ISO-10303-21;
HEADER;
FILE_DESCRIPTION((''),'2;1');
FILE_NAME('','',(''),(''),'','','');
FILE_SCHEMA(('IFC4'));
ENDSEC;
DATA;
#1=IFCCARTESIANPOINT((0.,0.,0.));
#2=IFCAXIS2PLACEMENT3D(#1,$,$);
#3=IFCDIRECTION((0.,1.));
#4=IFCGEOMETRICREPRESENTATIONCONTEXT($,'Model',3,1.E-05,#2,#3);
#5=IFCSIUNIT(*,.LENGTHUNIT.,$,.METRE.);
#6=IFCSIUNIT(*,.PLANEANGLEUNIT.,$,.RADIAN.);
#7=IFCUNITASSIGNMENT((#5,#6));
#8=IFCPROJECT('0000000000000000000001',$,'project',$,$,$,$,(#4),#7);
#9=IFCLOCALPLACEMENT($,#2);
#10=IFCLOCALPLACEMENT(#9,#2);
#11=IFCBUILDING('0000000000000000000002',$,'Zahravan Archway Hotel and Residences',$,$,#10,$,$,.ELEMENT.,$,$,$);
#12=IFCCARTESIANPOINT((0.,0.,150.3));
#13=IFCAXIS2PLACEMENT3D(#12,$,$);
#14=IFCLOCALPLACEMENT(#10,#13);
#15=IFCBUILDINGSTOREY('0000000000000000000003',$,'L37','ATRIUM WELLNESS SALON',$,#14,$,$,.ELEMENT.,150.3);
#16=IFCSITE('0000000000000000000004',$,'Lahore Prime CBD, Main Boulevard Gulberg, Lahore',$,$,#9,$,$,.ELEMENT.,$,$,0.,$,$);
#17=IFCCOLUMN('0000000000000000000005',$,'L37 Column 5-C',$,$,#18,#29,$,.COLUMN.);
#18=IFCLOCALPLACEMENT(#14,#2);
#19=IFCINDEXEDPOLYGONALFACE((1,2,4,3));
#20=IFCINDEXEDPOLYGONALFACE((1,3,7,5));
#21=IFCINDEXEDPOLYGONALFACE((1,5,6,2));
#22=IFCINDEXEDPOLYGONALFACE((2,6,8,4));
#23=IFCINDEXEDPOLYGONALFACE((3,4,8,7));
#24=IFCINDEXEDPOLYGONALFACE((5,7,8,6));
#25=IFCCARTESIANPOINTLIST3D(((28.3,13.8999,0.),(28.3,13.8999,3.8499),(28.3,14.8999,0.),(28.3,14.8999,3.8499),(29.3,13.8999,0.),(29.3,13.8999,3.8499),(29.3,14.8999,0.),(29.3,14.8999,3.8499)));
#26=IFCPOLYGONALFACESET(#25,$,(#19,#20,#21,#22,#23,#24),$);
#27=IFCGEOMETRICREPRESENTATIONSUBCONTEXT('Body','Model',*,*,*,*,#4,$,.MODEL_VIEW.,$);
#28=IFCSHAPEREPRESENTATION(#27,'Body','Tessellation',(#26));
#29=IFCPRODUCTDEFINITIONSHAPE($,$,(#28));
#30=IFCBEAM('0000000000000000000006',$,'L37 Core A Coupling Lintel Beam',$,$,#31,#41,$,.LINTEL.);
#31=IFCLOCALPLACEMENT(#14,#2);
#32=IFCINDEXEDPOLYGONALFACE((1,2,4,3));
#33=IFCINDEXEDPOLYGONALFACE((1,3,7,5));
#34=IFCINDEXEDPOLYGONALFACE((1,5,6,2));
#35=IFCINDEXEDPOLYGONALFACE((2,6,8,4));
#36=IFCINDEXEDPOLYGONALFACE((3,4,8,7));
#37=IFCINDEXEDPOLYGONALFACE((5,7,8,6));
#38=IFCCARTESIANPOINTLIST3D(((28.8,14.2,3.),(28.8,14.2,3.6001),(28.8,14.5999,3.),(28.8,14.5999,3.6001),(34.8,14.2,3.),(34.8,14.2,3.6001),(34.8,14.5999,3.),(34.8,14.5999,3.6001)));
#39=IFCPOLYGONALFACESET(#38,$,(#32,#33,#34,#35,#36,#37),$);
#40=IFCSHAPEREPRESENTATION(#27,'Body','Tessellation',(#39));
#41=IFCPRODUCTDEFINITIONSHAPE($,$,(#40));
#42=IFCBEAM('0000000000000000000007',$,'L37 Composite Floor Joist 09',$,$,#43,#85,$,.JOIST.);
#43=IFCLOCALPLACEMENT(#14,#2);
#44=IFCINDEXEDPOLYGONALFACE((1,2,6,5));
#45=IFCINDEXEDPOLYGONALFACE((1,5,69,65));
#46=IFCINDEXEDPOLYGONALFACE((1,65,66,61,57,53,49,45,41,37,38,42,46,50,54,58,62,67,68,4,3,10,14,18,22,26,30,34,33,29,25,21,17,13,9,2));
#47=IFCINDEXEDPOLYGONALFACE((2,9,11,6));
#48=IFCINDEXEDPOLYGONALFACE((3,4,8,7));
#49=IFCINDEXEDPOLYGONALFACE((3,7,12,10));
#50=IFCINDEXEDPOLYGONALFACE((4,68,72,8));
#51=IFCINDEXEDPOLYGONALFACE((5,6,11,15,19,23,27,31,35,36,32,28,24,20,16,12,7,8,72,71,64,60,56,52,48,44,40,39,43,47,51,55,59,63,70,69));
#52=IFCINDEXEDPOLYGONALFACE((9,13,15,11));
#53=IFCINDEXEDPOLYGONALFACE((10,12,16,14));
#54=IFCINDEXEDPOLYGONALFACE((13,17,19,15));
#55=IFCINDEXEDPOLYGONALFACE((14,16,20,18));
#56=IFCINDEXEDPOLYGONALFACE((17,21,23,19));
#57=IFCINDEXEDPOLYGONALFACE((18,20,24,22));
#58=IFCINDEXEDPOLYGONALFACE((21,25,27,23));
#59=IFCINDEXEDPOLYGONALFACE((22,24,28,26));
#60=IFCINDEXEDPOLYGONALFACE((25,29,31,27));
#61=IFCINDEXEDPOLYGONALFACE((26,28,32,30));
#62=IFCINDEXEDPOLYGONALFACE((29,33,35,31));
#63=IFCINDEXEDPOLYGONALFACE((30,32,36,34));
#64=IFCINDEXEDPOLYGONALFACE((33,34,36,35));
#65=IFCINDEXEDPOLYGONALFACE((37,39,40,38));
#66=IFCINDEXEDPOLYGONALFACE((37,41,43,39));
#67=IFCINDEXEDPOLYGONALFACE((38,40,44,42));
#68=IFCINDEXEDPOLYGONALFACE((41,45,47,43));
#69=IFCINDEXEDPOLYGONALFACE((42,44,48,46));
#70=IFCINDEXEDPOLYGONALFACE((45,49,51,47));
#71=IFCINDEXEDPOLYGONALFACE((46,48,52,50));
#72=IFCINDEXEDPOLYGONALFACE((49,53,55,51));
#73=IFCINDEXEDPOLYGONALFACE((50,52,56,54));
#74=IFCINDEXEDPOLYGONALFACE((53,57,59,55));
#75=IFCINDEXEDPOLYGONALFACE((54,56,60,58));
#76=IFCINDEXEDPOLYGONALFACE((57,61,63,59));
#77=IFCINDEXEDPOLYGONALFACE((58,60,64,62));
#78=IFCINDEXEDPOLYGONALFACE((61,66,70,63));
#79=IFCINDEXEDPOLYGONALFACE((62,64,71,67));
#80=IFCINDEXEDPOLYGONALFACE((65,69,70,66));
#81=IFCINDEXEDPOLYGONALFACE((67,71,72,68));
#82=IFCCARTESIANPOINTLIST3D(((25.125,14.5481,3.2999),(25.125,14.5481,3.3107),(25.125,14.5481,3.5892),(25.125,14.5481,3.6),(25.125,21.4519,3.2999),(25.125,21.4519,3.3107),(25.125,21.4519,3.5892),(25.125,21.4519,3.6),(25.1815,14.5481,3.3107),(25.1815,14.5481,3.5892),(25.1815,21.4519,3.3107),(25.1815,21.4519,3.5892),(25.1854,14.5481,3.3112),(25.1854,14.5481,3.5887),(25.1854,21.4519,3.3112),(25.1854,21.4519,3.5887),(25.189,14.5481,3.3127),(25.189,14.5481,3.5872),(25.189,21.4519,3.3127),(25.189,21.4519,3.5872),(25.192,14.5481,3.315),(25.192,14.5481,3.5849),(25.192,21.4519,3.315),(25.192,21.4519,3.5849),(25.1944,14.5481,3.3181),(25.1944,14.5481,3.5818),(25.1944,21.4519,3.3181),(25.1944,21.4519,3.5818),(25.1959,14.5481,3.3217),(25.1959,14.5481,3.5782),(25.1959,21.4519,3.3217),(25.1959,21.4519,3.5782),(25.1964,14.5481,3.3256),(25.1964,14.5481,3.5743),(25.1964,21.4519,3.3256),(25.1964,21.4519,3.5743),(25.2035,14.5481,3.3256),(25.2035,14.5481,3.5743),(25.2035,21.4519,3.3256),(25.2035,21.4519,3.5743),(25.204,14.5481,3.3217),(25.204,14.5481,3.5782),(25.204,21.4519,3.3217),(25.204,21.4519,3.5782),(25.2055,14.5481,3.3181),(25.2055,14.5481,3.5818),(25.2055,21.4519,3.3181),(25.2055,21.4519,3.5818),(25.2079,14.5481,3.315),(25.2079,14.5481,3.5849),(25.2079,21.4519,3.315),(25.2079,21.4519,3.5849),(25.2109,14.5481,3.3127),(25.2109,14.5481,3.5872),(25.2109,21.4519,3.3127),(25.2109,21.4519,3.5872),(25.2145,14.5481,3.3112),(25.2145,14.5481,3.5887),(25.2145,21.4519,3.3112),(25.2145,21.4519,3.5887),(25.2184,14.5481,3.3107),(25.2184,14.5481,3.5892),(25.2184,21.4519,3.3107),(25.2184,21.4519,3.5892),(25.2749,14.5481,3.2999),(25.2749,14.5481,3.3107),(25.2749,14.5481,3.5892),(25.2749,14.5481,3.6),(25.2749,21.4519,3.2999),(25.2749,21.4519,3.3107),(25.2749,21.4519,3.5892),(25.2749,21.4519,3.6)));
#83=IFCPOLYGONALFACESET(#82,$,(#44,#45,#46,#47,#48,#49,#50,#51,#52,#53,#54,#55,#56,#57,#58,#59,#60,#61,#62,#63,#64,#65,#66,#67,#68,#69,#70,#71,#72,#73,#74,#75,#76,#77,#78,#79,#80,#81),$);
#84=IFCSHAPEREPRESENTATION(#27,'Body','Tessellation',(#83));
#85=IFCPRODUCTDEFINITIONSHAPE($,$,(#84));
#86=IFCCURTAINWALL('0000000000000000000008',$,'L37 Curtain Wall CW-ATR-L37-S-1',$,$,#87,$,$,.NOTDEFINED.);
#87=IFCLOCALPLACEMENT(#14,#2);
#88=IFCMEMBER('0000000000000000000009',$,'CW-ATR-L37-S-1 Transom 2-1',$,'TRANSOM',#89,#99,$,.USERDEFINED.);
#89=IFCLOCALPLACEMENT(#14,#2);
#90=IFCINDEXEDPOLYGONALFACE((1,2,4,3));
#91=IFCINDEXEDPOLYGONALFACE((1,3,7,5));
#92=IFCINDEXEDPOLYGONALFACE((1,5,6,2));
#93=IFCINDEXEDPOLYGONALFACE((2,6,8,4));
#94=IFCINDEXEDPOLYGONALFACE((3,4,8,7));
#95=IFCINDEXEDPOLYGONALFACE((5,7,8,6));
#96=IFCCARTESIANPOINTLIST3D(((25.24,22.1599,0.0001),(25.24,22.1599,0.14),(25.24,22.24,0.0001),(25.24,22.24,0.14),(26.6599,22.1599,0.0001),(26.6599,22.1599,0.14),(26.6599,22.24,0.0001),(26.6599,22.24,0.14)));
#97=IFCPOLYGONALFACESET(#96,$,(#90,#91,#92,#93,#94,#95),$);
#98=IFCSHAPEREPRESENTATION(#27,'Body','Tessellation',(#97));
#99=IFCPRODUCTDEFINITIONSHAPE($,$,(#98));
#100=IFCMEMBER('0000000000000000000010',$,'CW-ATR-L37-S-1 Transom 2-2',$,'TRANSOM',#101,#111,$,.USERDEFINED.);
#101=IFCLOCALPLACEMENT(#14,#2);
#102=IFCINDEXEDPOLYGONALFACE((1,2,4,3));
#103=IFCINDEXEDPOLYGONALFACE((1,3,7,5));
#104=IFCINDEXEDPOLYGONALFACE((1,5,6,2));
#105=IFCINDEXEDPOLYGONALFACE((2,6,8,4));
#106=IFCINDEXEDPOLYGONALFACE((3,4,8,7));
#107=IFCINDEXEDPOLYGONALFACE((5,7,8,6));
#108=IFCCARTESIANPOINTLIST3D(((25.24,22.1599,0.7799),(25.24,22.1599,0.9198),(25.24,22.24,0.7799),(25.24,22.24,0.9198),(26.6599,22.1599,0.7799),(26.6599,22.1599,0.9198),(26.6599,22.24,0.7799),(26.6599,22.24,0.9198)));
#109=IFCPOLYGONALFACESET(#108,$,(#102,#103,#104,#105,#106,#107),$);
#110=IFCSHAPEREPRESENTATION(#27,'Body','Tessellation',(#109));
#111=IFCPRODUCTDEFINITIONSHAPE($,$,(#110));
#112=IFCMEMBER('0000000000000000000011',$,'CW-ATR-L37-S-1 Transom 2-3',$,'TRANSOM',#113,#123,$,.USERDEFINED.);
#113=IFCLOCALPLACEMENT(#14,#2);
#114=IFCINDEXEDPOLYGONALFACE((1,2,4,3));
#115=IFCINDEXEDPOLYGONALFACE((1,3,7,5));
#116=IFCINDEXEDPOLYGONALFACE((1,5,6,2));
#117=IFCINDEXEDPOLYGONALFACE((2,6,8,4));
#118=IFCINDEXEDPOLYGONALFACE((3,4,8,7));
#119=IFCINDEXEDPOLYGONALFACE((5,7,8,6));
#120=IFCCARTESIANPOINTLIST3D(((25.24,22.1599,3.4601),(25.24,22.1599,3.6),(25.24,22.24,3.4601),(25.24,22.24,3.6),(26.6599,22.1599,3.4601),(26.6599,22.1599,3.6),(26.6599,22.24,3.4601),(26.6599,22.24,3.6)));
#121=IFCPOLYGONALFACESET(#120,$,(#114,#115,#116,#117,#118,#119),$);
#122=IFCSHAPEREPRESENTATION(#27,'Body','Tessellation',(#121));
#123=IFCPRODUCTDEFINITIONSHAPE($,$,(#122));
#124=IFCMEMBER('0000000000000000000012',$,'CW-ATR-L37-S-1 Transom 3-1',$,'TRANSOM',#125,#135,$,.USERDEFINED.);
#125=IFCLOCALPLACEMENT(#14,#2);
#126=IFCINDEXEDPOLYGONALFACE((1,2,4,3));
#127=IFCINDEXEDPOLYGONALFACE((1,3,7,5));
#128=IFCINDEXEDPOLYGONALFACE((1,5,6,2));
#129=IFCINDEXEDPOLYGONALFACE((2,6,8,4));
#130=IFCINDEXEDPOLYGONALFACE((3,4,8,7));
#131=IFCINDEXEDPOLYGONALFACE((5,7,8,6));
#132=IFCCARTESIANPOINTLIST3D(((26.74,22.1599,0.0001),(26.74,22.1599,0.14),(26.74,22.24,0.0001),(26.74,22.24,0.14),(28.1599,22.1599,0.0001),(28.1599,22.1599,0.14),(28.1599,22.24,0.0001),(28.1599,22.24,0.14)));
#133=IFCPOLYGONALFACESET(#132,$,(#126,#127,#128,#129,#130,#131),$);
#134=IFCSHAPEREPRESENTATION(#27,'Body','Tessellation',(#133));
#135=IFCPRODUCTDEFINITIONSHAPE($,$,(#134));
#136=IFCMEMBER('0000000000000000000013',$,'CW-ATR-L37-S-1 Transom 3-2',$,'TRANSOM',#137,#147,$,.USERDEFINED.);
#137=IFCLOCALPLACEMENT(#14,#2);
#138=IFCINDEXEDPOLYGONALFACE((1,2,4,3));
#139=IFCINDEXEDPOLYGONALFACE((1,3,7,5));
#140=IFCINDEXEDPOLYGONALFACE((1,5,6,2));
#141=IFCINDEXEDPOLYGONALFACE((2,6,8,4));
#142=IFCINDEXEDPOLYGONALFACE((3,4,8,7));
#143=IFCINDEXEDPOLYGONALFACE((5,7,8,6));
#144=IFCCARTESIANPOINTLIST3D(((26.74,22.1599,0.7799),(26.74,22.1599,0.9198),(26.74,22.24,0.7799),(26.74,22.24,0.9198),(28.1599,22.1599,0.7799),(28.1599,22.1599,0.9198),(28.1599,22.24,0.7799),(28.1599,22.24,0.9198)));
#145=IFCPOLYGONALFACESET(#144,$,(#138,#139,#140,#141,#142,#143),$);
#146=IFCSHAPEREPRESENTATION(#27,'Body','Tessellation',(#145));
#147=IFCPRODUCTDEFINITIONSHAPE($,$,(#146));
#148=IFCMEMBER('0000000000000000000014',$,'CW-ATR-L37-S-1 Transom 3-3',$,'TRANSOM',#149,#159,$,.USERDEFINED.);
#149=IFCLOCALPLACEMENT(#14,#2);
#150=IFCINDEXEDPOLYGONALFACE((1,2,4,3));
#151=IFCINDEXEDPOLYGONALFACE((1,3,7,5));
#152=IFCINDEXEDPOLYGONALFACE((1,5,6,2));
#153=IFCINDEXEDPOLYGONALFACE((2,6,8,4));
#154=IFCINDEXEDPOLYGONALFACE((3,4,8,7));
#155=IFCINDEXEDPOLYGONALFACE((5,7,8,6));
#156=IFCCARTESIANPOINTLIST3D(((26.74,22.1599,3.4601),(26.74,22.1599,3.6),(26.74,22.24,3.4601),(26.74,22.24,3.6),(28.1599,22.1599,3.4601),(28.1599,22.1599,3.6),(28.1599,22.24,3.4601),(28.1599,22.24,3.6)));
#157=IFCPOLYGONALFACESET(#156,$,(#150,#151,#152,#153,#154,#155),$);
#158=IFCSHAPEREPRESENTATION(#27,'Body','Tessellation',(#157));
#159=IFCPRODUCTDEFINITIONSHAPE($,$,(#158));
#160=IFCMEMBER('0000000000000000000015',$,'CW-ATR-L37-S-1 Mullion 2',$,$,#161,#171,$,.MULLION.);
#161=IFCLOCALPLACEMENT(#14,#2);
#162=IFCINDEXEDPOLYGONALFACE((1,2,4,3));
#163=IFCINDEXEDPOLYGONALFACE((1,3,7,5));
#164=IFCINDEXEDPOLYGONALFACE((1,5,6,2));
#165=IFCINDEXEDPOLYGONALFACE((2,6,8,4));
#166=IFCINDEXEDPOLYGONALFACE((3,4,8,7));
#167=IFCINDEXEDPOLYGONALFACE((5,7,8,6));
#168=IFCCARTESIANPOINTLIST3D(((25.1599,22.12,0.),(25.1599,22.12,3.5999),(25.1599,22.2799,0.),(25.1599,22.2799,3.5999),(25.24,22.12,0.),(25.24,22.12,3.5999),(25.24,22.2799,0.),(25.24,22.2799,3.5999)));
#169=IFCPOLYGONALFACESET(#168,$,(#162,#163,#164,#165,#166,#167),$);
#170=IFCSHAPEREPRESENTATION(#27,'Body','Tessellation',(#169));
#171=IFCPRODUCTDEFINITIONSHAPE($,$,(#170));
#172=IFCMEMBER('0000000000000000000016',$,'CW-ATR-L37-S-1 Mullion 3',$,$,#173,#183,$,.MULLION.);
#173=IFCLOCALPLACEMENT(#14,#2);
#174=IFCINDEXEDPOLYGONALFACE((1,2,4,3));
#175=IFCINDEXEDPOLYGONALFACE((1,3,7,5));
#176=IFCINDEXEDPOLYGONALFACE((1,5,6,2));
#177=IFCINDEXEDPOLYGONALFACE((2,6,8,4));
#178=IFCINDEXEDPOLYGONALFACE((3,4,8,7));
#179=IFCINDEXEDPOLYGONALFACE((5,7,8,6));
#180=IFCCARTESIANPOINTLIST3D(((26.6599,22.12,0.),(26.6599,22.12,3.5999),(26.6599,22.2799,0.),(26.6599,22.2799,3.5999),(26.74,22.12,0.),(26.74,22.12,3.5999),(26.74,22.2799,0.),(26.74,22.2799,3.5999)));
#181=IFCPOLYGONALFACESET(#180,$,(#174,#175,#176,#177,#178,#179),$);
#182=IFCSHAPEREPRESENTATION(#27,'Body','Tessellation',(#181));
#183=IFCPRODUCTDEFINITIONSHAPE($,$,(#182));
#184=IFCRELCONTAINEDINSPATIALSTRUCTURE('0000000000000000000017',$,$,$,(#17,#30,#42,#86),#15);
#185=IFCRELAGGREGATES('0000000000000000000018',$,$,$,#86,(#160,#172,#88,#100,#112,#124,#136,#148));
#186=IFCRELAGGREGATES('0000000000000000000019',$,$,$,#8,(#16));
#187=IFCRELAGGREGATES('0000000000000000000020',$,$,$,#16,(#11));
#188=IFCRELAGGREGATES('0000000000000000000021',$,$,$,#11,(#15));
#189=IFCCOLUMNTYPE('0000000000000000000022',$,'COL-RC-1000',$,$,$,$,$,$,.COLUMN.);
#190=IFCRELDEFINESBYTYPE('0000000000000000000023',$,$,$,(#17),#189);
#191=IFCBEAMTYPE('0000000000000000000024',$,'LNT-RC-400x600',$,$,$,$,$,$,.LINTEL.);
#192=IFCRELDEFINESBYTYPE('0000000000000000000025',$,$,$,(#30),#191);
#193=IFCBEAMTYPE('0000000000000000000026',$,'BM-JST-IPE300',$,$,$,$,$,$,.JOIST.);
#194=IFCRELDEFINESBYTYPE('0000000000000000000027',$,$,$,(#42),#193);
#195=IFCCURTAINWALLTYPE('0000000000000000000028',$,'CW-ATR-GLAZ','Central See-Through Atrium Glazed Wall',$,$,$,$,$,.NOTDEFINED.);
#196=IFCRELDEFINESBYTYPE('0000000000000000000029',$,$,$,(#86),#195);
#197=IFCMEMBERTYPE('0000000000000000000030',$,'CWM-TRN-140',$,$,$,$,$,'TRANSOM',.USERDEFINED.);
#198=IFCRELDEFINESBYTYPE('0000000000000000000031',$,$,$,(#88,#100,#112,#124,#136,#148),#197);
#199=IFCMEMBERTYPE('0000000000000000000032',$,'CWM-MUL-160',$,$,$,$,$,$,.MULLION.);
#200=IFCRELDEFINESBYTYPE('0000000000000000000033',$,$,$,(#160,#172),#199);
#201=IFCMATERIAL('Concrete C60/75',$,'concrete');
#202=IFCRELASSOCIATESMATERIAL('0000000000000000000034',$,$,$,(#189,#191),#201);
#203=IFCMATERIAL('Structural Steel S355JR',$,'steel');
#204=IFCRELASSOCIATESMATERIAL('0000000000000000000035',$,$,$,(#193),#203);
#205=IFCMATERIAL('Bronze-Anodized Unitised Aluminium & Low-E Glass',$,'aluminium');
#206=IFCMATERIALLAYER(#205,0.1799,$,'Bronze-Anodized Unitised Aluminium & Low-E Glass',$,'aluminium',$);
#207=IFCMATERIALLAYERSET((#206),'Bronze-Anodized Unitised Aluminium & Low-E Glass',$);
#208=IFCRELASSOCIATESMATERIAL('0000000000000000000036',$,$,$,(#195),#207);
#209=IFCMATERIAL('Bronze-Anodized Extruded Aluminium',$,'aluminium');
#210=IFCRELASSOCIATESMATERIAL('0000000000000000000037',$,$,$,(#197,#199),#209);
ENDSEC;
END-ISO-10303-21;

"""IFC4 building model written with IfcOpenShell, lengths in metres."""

from ifc_helpers import new_model, si_unit, direction, frame, origin, origin_2d, place, context, subcontext, project, spatial, rectangle, i_section, extrude, source, transform, mapped, material, layer, layer_set, material_profile, profile_set, type_object, type_shapes, element, aggregate, save


model = new_model("IFC4")

# Units and contexts
model_context = context("Model", 3, precision=1e-05, world=origin(), true_north=direction((0.0, 1.0)))
body_context = subcontext(model_context, "Body", "Model", "MODEL_VIEW")
ifc_project = project(units=[si_unit("LENGTHUNIT", "METRE"), si_unit("PLANEANGLEUNIT", "RADIAN")], contexts=[model_context])

# Site, building, storey
site_placement = place(None, origin())
site = spatial("IfcSite", under=ifc_project, at=site_placement, Name="Lahore Prime CBD, Main Boulevard Gulberg, Lahore", CompositionType="ELEMENT", RefElevation=0.0)
building_placement = place(site_placement, origin())
building = spatial("IfcBuilding", under=site, at=building_placement, Name="Zahravan Archway Hotel and Residences", CompositionType="ELEMENT")
storey_placement = place(building_placement, frame((0.0, 0.0, 150.3)))
storey = spatial("IfcBuildingStorey", under=building, at=storey_placement, Name="L37", Description="ATRIUM WELLNESS SALON", CompositionType="ELEMENT", Elevation=150.3)

# Column
ifc_material_1 = material(Name="Concrete C60/75", Category="concrete")
ifc_material_profile_1 = material_profile(ifc_material_1, rectangle(XDim=1.0, YDim=1.0, at=origin_2d()), Name="RC-COL-1000x1000", Category="concrete")
ifc_profile_set_1 = profile_set([ifc_material_profile_1], Name="Concrete C60/75")
column_type = type_object("IfcColumnType", Name="COL-RC-1000", PredefinedType="COLUMN", material=ifc_profile_set_1)
shared_shape_1 = source(origin(), body_context, "Body", "SweptSolid", [
    extrude(rectangle(XDim=1.0, YDim=1.0, at=origin_2d()), origin(), (0.0, 0.0, 1.0), 3.8499),
])
column_placement = place(storey_placement, frame((28.8, 14.3999, 0.0), z_axis=(0.0, 0.0, 1.0), x_axis=(1.0, 0.0, 0.0)))
element("IfcColumn", 1, at=column_placement, inside=storey, type_object=column_type, Name="L37 Column 5-C", PredefinedType="COLUMN", context=body_context, shape_type="MappedRepresentation", body=[
    mapped(shared_shape_1, transform((0.0, 0.0, 0.0), scale=1.0)),
])

# Beams
ifc_material_profile_2 = material_profile(ifc_material_1, rectangle(XDim=0.3999, YDim=0.6001, at=origin_2d()), Name="RC-LNT-400x600", Category="concrete")
ifc_profile_set_2 = profile_set([ifc_material_profile_2], Name="Concrete C60/75")
beam_type_1 = type_object("IfcBeamType", Name="LNT-RC-400x600", PredefinedType="LINTEL", material=ifc_profile_set_2)
shared_shape_2 = source(origin(), body_context, "Body", "SweptSolid", [
    extrude(rectangle(XDim=0.3999, YDim=0.6001, at=origin_2d()), origin(), (0.0, 0.0, 1.0), 6.0),
])
type_shapes(beam_type_1, [shared_shape_2])
beam_1_placement = place(storey_placement, frame((28.8, 14.3999, 3.3), z_axis=(1.0, 0.0, 0.0), x_axis=(0.0, 1.0, 0.0)))
element("IfcBeam", 2, at=beam_1_placement, inside=storey, type_object=beam_type_1, Name="L37 Core A Coupling Lintel Beam", PredefinedType="LINTEL", context=body_context, shape_type="MappedRepresentation", body=[
    mapped(shared_shape_2, transform((0.0, 0.0, 0.0), scale=1.0)),
])
ifc_material_2 = material(Name="Structural Steel S355JR", Category="steel")
ifc_material_profile_3 = material_profile(ifc_material_2, i_section(OverallWidth=0.1499, OverallDepth=0.3, WebThickness=0.0071, FlangeThickness=0.0107, FilletRadius=0.0149, at=origin_2d()), Name="IPE 300", Category="steel")
ifc_profile_set_3 = profile_set([ifc_material_profile_3], Name="Structural Steel S355JR")
beam_type_2 = type_object("IfcBeamType", Name="BM-JST-IPE300", PredefinedType="JOIST", material=ifc_profile_set_3)
shared_shape_3 = source(origin(), body_context, "Body", "SweptSolid", [
    extrude(i_section(OverallWidth=0.1499, OverallDepth=0.3, WebThickness=0.0071, FlangeThickness=0.0107, FilletRadius=0.0149, at=origin_2d()), origin(), (0.0, 0.0, 1.0), 6.9038),
])
beam_2_placement = place(storey_placement, frame((25.2, 14.5481, 3.45), z_axis=(0.0, 1.0, 0.0), x_axis=(-1.0, 0.0, 0.0)))
element("IfcBeam", 3, at=beam_2_placement, inside=storey, type_object=beam_type_2, Name="L37 Composite Floor Joist 09", PredefinedType="JOIST", context=body_context, shape_type="MappedRepresentation", body=[
    mapped(shared_shape_3, transform((0.0, 0.0, 0.0), scale=1.0)),
])

# Curtain wall, members
ifc_material_3 = material(Name="Bronze-Anodized Unitised Aluminium & Low-E Glass", Category="aluminium")
ifc_layer_1 = layer(ifc_material_3, 0.1799, Name="Bronze-Anodized Unitised Aluminium & Low-E Glass", Category="aluminium")
ifc_layer_set_1 = layer_set([ifc_layer_1], Name="Bronze-Anodized Unitised Aluminium & Low-E Glass")
curtain_wall_type = type_object("IfcCurtainWallType", Name="CW-ATR-GLAZ", Description="Central See-Through Atrium Glazed Wall", PredefinedType="NOTDEFINED", material=ifc_layer_set_1)
curtain_wall_placement = place(storey_placement, origin())
curtain_wall = element("IfcCurtainWall", 4, at=curtain_wall_placement, inside=storey, type_object=curtain_wall_type, Name="L37 Curtain Wall CW-ATR-L37-S-1", PredefinedType="NOTDEFINED")
ifc_material_4 = material(Name="Bronze-Anodized Extruded Aluminium", Category="aluminium")
ifc_material_profile_4 = material_profile(ifc_material_4, rectangle(XDim=0.0801, YDim=0.1399, at=origin_2d()), Name="TRN 80x140", Category="aluminium")
ifc_profile_set_4 = profile_set([ifc_material_profile_4], Name="Bronze-Anodized Extruded Aluminium")
member_type_1 = type_object("IfcMemberType", Name="CWM-TRN-140", ElementType="TRANSOM", PredefinedType="USERDEFINED", material=ifc_profile_set_4)
shared_shape_4 = source(origin(), body_context, "Body", "SweptSolid", [
    extrude(rectangle(XDim=0.0801, YDim=0.1399, at=origin_2d()), origin(), (0.0, 0.0, 1.0), 1.4199),
])
member_1_placement = place(storey_placement, frame((25.24, 22.2, 0.0701), z_axis=(1.0, 0.0, 0.0), x_axis=(0.0, 1.0, 0.0)))
member_1 = element("IfcMember", 5, at=member_1_placement, type_object=member_type_1, Name="CW-ATR-L37-S-1 Transom 2-1", ObjectType="TRANSOM", PredefinedType="USERDEFINED", context=body_context, shape_type="MappedRepresentation", body=[
    mapped(shared_shape_4, transform((0.0, 0.0, 0.0), scale=1.0)),
])
member_2_placement = place(storey_placement, frame((25.24, 22.2, 0.8499), z_axis=(1.0, 0.0, 0.0), x_axis=(0.0, 1.0, 0.0)))
member_2 = element("IfcMember", 6, at=member_2_placement, type_object=member_type_1, Name="CW-ATR-L37-S-1 Transom 2-2", ObjectType="TRANSOM", PredefinedType="USERDEFINED", context=body_context, shape_type="MappedRepresentation", body=[
    mapped(shared_shape_4, transform((0.0, 0.0, 0.0), scale=1.0)),
])
member_3_placement = place(storey_placement, frame((25.24, 22.2, 3.53), z_axis=(1.0, 0.0, 0.0), x_axis=(0.0, 1.0, 0.0)))
member_3 = element("IfcMember", 7, at=member_3_placement, type_object=member_type_1, Name="CW-ATR-L37-S-1 Transom 2-3", ObjectType="TRANSOM", PredefinedType="USERDEFINED", context=body_context, shape_type="MappedRepresentation", body=[
    mapped(shared_shape_4, transform((0.0, 0.0, 0.0), scale=1.0)),
])
member_4_placement = place(storey_placement, frame((26.74, 22.2, 0.0701), z_axis=(1.0, 0.0, 0.0), x_axis=(0.0, 1.0, 0.0)))
member_4 = element("IfcMember", 8, at=member_4_placement, type_object=member_type_1, Name="CW-ATR-L37-S-1 Transom 3-1", ObjectType="TRANSOM", PredefinedType="USERDEFINED", context=body_context, shape_type="MappedRepresentation", body=[
    mapped(shared_shape_4, transform((0.0, 0.0, 0.0), scale=1.0)),
])
member_5_placement = place(storey_placement, frame((26.74, 22.2, 0.8499), z_axis=(1.0, 0.0, 0.0), x_axis=(0.0, 1.0, 0.0)))
member_5 = element("IfcMember", 9, at=member_5_placement, type_object=member_type_1, Name="CW-ATR-L37-S-1 Transom 3-2", ObjectType="TRANSOM", PredefinedType="USERDEFINED", context=body_context, shape_type="MappedRepresentation", body=[
    mapped(shared_shape_4, transform((0.0, 0.0, 0.0), scale=1.0)),
])
member_6_placement = place(storey_placement, frame((26.74, 22.2, 3.53), z_axis=(1.0, 0.0, 0.0), x_axis=(0.0, 1.0, 0.0)))
member_6 = element("IfcMember", 10, at=member_6_placement, type_object=member_type_1, Name="CW-ATR-L37-S-1 Transom 3-3", ObjectType="TRANSOM", PredefinedType="USERDEFINED", context=body_context, shape_type="MappedRepresentation", body=[
    mapped(shared_shape_4, transform((0.0, 0.0, 0.0), scale=1.0)),
])
ifc_material_profile_5 = material_profile(ifc_material_4, rectangle(XDim=0.0801, YDim=0.1599, at=origin_2d()), Name="MUL 80x160", Category="aluminium")
ifc_profile_set_5 = profile_set([ifc_material_profile_5], Name="Bronze-Anodized Extruded Aluminium")
member_type_2 = type_object("IfcMemberType", Name="CWM-MUL-160", PredefinedType="MULLION", material=ifc_profile_set_5)
shared_shape_5 = source(origin(), body_context, "Body", "SweptSolid", [
    extrude(rectangle(XDim=0.0801, YDim=0.1599, at=origin_2d()), origin(), (0.0, 0.0, 1.0), 3.5999),
])
member_7_placement = place(storey_placement, frame((25.2, 22.2, 0.0), z_axis=(0.0, 0.0, 1.0), x_axis=(1.0, 0.0, 0.0)))
member_7 = element("IfcMember", 11, at=member_7_placement, type_object=member_type_2, Name="CW-ATR-L37-S-1 Mullion 2", PredefinedType="MULLION", context=body_context, shape_type="MappedRepresentation", body=[
    mapped(shared_shape_5, transform((0.0, 0.0, 0.0), scale=1.0)),
])
member_8_placement = place(storey_placement, frame((26.7, 22.2, 0.0), z_axis=(0.0, 0.0, 1.0), x_axis=(1.0, 0.0, 0.0)))
member_8 = element("IfcMember", 12, at=member_8_placement, type_object=member_type_2, Name="CW-ATR-L37-S-1 Mullion 3", PredefinedType="MULLION", context=body_context, shape_type="MappedRepresentation", body=[
    mapped(shared_shape_5, transform((0.0, 0.0, 0.0), scale=1.0)),
])
aggregate(curtain_wall, [member_7, member_8, member_1, member_2, member_3, member_4, member_5, member_6])

save(model, "model.ifc")
